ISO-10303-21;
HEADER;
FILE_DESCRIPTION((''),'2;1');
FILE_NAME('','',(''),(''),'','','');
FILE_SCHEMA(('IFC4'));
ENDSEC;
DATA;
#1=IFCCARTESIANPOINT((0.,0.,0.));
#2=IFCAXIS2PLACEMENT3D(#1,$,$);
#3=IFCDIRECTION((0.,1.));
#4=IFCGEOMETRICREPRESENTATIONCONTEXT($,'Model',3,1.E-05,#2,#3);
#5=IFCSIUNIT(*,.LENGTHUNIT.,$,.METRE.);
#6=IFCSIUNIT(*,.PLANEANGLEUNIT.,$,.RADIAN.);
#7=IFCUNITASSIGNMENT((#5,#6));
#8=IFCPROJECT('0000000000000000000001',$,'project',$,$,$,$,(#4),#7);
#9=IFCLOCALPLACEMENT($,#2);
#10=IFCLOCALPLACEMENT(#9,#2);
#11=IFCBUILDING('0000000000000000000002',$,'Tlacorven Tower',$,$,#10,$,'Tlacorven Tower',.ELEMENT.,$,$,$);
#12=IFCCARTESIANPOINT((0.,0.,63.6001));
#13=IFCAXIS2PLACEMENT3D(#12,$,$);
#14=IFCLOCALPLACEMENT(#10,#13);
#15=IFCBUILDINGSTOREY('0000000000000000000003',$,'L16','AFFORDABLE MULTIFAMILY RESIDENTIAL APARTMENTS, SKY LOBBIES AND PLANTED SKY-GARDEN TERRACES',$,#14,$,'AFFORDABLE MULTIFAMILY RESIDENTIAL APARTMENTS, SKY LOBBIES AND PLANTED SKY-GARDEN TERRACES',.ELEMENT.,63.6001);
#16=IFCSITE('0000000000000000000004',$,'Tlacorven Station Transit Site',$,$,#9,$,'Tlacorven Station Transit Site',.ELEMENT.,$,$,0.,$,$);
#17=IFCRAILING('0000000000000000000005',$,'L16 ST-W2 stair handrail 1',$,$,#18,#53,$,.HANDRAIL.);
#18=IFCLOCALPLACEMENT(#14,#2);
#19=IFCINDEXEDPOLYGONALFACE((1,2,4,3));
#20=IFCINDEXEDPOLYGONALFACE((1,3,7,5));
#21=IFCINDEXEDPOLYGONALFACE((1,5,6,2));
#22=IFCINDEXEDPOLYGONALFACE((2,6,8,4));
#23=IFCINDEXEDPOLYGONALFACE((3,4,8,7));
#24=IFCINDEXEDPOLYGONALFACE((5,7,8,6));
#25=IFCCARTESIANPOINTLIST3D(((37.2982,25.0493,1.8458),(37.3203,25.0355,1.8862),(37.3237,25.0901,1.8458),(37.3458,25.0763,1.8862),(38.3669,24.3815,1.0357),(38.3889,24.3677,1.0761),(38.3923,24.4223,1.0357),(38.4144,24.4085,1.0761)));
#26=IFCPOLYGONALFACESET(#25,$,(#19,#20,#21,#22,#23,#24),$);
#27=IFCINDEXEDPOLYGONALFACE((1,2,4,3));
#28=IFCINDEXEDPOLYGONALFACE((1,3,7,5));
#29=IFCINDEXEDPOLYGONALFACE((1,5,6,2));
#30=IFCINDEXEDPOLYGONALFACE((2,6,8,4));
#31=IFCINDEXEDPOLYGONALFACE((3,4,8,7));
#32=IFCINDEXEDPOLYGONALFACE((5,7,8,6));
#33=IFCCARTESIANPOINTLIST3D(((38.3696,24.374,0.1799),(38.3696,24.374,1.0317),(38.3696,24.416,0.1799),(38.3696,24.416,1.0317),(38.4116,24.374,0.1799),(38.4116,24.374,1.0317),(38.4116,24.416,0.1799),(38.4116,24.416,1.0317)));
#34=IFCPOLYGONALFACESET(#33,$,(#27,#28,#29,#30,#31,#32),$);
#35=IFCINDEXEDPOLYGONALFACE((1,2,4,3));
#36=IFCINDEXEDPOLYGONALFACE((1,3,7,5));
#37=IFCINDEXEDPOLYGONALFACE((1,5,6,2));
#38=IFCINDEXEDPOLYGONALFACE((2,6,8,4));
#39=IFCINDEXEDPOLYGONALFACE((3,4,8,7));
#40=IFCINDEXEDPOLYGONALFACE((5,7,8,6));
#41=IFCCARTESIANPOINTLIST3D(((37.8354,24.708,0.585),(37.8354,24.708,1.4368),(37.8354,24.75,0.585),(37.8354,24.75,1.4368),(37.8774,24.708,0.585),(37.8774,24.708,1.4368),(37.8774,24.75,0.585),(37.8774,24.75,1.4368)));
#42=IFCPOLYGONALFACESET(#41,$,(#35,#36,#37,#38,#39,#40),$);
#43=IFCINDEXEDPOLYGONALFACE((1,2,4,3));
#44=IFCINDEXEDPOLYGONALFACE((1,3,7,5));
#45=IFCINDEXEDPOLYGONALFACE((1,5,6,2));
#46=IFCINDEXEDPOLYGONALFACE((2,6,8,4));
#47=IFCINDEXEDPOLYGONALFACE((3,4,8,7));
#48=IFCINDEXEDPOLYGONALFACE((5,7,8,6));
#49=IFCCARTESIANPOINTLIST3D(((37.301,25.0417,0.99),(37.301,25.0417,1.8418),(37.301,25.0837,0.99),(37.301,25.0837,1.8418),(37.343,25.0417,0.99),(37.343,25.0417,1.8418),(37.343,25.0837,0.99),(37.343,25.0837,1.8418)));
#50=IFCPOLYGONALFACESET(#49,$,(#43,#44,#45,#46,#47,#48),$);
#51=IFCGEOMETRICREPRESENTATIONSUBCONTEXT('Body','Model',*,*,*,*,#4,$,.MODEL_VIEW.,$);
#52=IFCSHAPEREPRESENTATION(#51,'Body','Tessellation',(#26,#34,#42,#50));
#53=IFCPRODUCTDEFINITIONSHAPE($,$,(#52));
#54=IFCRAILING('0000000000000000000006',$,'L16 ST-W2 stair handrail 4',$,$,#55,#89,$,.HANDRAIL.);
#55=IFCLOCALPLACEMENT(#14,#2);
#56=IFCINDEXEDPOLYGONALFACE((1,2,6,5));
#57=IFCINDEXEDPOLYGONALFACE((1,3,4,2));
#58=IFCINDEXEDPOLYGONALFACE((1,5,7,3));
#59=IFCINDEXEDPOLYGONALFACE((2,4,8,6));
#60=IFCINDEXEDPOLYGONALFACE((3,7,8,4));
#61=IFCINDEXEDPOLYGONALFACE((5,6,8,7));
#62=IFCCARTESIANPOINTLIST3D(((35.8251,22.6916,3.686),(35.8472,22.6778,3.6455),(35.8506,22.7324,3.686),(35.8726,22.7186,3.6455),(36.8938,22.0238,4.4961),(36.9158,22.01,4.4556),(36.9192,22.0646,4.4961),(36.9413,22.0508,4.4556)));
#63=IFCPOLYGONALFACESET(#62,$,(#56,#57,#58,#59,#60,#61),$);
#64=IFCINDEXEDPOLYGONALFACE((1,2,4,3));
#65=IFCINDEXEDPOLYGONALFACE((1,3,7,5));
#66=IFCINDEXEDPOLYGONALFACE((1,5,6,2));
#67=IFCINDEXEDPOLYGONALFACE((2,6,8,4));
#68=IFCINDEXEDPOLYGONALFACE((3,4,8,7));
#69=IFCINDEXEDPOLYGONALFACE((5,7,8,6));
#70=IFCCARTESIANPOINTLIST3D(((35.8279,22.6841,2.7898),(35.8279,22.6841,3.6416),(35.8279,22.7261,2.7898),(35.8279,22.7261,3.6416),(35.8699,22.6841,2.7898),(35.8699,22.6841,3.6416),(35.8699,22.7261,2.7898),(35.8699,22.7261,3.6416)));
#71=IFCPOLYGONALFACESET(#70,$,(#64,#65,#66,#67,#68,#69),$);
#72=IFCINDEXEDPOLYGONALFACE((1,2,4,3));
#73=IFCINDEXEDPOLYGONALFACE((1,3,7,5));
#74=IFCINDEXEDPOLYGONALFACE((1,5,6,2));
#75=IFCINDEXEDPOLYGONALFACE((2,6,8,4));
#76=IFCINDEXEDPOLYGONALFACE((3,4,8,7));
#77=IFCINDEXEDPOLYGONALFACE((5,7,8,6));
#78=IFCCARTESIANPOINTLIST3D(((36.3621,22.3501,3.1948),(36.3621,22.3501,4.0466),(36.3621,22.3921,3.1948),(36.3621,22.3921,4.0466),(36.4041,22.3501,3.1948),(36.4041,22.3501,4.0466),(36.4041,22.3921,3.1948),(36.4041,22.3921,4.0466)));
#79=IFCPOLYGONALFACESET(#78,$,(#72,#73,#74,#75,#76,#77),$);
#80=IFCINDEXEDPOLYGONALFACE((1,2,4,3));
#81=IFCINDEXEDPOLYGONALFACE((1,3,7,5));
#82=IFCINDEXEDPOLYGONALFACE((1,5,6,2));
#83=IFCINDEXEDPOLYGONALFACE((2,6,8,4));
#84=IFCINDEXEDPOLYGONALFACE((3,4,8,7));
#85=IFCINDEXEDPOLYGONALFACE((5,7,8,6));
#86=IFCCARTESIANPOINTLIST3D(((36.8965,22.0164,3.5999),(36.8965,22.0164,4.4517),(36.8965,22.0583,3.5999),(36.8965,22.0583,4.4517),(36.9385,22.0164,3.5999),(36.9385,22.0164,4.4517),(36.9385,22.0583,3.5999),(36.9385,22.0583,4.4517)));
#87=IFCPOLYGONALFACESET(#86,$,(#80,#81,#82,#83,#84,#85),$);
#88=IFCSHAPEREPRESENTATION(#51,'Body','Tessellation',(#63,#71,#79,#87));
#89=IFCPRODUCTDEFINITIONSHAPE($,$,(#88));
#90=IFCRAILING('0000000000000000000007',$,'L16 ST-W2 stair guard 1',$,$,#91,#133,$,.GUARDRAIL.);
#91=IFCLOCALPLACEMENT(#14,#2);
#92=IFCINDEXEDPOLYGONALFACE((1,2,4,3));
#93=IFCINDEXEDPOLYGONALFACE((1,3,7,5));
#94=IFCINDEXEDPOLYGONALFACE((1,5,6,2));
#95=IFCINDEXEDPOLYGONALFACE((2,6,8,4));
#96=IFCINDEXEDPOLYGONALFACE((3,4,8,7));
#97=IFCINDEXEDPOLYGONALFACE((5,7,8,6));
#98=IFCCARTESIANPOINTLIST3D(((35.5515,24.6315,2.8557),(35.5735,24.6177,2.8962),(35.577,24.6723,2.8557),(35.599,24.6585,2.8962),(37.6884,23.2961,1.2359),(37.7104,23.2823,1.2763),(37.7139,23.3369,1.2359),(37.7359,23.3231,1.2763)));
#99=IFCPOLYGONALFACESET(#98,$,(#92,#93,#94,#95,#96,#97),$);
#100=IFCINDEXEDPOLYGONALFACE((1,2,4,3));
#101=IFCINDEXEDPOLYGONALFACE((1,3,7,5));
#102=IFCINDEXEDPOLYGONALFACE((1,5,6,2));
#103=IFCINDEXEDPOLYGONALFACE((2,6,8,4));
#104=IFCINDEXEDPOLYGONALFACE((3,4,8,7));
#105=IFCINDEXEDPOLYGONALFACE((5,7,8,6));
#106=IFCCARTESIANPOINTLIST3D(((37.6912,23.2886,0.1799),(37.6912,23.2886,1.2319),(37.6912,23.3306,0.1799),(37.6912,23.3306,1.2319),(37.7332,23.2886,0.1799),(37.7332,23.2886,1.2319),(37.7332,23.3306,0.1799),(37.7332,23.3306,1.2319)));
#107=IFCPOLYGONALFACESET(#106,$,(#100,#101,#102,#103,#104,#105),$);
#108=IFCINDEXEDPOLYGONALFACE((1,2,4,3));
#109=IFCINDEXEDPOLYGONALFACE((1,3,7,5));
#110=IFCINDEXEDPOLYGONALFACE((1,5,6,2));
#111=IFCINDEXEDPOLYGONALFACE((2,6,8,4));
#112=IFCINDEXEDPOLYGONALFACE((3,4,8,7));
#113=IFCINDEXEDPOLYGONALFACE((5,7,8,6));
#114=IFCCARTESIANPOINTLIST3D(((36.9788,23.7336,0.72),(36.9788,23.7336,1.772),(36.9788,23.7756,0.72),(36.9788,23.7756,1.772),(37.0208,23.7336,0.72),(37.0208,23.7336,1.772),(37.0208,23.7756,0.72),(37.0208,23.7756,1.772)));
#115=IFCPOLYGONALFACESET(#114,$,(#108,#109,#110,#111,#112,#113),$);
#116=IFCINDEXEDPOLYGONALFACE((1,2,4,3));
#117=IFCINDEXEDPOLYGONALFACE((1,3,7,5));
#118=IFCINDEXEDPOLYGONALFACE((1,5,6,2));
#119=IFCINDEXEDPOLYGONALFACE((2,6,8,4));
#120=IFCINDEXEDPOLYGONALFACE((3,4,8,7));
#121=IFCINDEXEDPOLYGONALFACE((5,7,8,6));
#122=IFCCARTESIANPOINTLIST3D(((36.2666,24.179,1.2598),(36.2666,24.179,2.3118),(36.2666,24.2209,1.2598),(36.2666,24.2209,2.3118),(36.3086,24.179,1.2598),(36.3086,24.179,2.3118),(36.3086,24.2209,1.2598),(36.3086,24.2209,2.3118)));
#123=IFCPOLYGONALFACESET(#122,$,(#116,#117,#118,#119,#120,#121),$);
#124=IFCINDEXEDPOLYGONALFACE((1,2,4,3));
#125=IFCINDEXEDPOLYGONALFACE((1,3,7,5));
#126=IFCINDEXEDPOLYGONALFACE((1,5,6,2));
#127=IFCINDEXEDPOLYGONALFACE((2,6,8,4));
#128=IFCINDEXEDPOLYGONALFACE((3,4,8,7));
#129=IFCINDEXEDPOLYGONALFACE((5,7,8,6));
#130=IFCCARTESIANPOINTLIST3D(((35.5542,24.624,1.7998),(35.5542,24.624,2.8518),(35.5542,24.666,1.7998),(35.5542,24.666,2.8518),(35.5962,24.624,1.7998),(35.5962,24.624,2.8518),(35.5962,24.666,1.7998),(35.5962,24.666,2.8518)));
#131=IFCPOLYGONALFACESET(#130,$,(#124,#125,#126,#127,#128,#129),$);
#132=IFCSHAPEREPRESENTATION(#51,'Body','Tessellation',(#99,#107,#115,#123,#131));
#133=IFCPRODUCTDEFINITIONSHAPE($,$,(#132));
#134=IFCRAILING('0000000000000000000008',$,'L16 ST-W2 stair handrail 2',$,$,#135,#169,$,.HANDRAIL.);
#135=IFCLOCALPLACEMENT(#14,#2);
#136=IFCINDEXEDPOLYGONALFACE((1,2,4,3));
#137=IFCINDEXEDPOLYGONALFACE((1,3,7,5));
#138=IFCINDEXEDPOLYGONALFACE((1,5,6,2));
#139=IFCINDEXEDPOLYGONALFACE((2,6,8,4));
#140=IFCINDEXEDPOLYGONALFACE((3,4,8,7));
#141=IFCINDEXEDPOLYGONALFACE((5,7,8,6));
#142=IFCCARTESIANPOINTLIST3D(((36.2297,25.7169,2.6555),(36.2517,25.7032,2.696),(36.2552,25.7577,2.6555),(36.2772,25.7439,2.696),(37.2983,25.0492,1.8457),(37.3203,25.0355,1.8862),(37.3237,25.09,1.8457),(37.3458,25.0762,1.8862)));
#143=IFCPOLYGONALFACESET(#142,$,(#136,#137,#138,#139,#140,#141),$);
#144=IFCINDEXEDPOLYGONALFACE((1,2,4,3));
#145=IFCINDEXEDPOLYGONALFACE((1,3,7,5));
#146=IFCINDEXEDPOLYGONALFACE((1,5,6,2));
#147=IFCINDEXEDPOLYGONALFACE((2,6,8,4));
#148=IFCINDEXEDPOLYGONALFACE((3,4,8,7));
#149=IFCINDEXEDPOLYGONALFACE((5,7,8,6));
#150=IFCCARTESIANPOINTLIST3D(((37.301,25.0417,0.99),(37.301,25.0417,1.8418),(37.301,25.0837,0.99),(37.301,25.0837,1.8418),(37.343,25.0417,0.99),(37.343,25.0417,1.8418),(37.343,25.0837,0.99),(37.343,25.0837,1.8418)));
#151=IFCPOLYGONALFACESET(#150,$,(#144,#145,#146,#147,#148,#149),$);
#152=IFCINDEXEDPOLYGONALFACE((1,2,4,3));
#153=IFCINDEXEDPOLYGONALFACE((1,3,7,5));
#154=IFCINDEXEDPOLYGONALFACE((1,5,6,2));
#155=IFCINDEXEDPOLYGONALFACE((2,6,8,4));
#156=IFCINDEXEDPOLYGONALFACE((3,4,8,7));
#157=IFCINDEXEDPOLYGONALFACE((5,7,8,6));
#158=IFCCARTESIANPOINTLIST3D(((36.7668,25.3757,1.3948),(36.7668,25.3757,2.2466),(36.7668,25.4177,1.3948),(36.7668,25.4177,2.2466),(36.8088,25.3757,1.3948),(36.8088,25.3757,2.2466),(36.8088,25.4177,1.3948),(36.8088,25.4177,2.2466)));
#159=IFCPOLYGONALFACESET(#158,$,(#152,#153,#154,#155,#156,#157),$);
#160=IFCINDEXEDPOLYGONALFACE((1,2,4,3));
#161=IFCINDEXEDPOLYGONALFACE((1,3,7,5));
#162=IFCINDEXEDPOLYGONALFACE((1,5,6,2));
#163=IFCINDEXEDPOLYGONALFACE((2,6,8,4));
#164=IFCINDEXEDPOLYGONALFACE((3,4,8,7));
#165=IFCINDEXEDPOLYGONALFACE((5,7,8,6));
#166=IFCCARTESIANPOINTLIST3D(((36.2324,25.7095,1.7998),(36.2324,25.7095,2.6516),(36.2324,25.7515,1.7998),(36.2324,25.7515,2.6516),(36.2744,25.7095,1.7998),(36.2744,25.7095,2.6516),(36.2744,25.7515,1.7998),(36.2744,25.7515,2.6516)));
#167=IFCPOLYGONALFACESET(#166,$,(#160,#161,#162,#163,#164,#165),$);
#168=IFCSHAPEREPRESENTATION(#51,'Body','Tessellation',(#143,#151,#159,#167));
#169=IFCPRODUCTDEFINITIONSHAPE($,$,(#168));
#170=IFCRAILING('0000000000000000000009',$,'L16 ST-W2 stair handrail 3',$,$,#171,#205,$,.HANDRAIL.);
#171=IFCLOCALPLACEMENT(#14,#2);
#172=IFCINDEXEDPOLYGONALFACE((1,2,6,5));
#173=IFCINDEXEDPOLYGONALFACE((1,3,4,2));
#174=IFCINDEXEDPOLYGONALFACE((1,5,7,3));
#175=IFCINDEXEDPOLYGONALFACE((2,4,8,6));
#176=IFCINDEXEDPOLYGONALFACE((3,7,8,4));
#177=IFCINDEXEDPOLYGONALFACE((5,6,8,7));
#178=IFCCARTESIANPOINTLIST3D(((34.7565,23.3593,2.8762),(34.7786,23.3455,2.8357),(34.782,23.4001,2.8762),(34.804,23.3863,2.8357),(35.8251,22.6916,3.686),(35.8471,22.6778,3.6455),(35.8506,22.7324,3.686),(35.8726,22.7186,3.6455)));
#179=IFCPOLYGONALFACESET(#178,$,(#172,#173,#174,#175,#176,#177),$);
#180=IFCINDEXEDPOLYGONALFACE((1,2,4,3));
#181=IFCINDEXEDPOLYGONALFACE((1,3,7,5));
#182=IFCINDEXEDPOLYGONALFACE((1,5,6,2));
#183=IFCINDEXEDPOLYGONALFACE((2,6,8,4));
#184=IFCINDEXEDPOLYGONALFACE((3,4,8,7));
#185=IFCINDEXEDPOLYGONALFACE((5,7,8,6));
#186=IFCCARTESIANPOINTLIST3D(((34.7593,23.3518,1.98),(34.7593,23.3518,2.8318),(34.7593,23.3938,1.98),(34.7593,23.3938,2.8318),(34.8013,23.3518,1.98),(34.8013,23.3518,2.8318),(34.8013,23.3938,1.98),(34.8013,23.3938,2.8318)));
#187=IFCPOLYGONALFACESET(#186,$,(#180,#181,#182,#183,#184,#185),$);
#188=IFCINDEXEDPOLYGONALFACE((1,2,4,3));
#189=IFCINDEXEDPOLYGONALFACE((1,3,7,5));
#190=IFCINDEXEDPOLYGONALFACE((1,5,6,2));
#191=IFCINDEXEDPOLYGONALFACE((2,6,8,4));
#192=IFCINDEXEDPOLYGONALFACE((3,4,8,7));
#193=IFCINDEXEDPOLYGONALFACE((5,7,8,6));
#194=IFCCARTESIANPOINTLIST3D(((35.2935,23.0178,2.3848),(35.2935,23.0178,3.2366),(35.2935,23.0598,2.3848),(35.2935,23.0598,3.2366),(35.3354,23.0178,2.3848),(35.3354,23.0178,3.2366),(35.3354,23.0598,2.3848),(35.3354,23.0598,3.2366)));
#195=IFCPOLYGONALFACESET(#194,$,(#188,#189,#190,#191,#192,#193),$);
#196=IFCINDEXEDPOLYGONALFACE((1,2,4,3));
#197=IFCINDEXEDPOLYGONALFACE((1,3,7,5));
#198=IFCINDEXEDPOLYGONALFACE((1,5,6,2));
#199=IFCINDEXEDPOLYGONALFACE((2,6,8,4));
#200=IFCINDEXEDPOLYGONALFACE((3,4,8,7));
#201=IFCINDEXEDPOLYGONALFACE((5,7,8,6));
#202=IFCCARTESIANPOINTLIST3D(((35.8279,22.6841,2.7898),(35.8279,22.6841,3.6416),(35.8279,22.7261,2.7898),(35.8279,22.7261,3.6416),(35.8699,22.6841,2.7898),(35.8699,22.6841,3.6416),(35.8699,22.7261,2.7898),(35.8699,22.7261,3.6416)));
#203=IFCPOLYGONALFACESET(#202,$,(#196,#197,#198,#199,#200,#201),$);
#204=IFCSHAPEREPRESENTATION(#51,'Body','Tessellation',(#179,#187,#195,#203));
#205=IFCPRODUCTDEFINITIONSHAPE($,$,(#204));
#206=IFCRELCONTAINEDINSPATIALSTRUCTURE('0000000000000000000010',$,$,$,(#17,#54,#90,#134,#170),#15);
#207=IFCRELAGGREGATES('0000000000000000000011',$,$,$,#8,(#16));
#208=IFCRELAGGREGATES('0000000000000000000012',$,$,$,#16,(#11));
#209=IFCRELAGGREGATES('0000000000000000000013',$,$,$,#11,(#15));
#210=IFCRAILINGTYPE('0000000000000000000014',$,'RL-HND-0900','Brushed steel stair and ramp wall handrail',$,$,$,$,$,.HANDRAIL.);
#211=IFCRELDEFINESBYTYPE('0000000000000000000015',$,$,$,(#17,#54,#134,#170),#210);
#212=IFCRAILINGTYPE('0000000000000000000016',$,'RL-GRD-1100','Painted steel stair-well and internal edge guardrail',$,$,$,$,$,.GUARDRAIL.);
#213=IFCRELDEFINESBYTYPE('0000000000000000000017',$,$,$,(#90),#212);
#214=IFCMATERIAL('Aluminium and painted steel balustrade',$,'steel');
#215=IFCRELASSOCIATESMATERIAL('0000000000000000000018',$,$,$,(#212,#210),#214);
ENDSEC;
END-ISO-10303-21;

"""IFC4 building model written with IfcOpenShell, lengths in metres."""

from ifc_helpers import new_model, si_unit, direction, frame, origin, origin_2d, place, context, subcontext, project, spatial, rectangle, extrude, source, transform, mapped, material, type_object, element, save


model = new_model("IFC4")

# Units and contexts
model_context = context("Model", 3, precision=1e-05, world=origin(), true_north=direction((0.0, 1.0)))
body_context = subcontext(model_context, "Body", "Model", "MODEL_VIEW")
ifc_project = project(units=[si_unit("LENGTHUNIT", "METRE"), si_unit("PLANEANGLEUNIT", "RADIAN")], contexts=[model_context])

# Site, building, storey
site_placement = place(None, origin())
site = spatial("IfcSite", under=ifc_project, at=site_placement, Name="Tlacorven Station Transit Site", LongName="Tlacorven Station Transit Site", CompositionType="ELEMENT", RefElevation=0.0)
building_placement = place(site_placement, origin())
building = spatial("IfcBuilding", under=site, at=building_placement, Name="Tlacorven Tower", LongName="Tlacorven Tower", CompositionType="ELEMENT")
storey_placement = place(building_placement, frame((0.0, 0.0, 63.6001)))
storey = spatial("IfcBuildingStorey", under=building, at=storey_placement, Name="L16", Description="AFFORDABLE MULTIFAMILY RESIDENTIAL APARTMENTS, SKY LOBBIES AND PLANTED SKY-GARDEN TERRACES", LongName="AFFORDABLE MULTIFAMILY RESIDENTIAL APARTMENTS, SKY LOBBIES AND PLANTED SKY-GARDEN TERRACES", CompositionType="ELEMENT", Elevation=63.6001)

# Railings
ifc_material_1 = material(Name="Aluminium and painted steel balustrade", Category="steel")
railing_type_1 = type_object("IfcRailingType", Name="RL-GRD-1100", Description="Painted steel stair-well and internal edge guardrail", PredefinedType="GUARDRAIL", material=ifc_material_1)
railing_type_2 = type_object("IfcRailingType", Name="RL-HND-0900", Description="Brushed steel stair and ramp wall handrail", PredefinedType="HANDRAIL", material=ifc_material_1)
shared_shape_1 = source(origin(), body_context, "Body", "SweptSolid", [
    extrude(rectangle(XDim=0.0481, YDim=0.0481, at=origin_2d()), frame((0.0, 0.0, 0.876), z_axis=(-0.71336, 0.445748, 0.540765), x_axis=(-0.529912, -0.848053, 0.0)), (0.0, 0.0, 1.0), 1.498),
    extrude(rectangle(XDim=0.042, YDim=0.042, at=origin_2d()), origin(), (0.0, 0.0, 1.0), 0.8518),
    extrude(rectangle(XDim=0.042, YDim=0.042, at=origin_2d()), frame((-0.5342, 0.334, 0.405)), (0.0, 0.0, 1.0), 0.8518),
    extrude(rectangle(XDim=0.042, YDim=0.042, at=origin_2d()), frame((-1.0686, 0.6677, 0.8101)), (0.0, 0.0, 1.0), 0.8518),
])
railing_1_placement = place(storey_placement, frame((38.3906, 24.395, 0.1799)))
element("IfcRailing", 1, at=railing_1_placement, inside=storey, type_object=railing_type_2, Name="L16 ST-W2 stair handrail 1", PredefinedType="HANDRAIL", context=body_context, shape_type="MappedRepresentation", body=[
    mapped(shared_shape_1, transform((0.0, 0.0, 0.0), scale=1.0)),
])
shared_shape_2 = source(origin(), body_context, "Body", "SweptSolid", [
    extrude(rectangle(XDim=0.0481, YDim=0.0481, at=origin_2d()), frame((0.0, 0.0, 0.876), z_axis=(0.71336, -0.445748, 0.540765), x_axis=(0.529912, 0.848053, 0.0)), (0.0, 0.0, 1.0), 1.498),
    extrude(rectangle(XDim=0.042, YDim=0.042, at=origin_2d()), origin(), (0.0, 0.0, 1.0), 0.8518),
    extrude(rectangle(XDim=0.042, YDim=0.042, at=origin_2d()), frame((0.5342, -0.334, 0.405)), (0.0, 0.0, 1.0), 0.8518),
    extrude(rectangle(XDim=0.042, YDim=0.042, at=origin_2d()), frame((1.0686, -0.6677, 0.8101)), (0.0, 0.0, 1.0), 0.8518),
])
railing_2_placement = place(storey_placement, frame((35.8489, 22.7051, 2.7898)))
element("IfcRailing", 2, at=railing_2_placement, inside=storey, type_object=railing_type_2, Name="L16 ST-W2 stair handrail 4", PredefinedType="HANDRAIL", context=body_context, shape_type="MappedRepresentation", body=[
    mapped(shared_shape_2, transform((0.0, 0.0, 0.0), scale=1.0)),
])
shared_shape_3 = source(origin(), body_context, "Body", "SweptSolid", [
    extrude(rectangle(XDim=0.0481, YDim=0.0481, at=origin_2d()), frame((0.0, 0.0, 1.0762), z_axis=(-0.713351, 0.445794, 0.540739), x_axis=(-0.529955, -0.848026, 0.0)), (0.0, 0.0, 1.0), 2.9956),
    extrude(rectangle(XDim=0.042, YDim=0.042, at=origin_2d()), origin(), (0.0, 0.0, 1.0), 1.052),
    extrude(rectangle(XDim=0.042, YDim=0.042, at=origin_2d()), frame((-0.7124, 0.4451, 0.54)), (0.0, 0.0, 1.0), 1.052),
    extrude(rectangle(XDim=0.042, YDim=0.042, at=origin_2d()), frame((-1.4246, 0.8904, 1.0798)), (0.0, 0.0, 1.0), 1.052),
    extrude(rectangle(XDim=0.042, YDim=0.042, at=origin_2d()), frame((-2.137, 1.3354, 1.6199)), (0.0, 0.0, 1.0), 1.052),
])
railing_3_placement = place(storey_placement, frame((37.7122, 23.3096, 0.1799)))
element("IfcRailing", 3, at=railing_3_placement, inside=storey, type_object=railing_type_1, Name="L16 ST-W2 stair guard 1", PredefinedType="GUARDRAIL", context=body_context, shape_type="MappedRepresentation", body=[
    mapped(shared_shape_3, transform((0.0, 0.0, 0.0), scale=1.0)),
])
shared_shape_4 = source(origin(), body_context, "Body", "SweptSolid", [
    extrude(rectangle(XDim=0.0481, YDim=0.0481, at=origin_2d()), frame((0.0, 0.0, 0.876), z_axis=(-0.713423, 0.445787, 0.540649), x_axis=(-0.529912, -0.848053, 0.0)), (0.0, 0.0, 1.0), 1.4978),
    extrude(rectangle(XDim=0.042, YDim=0.042, at=origin_2d()), origin(), (0.0, 0.0, 1.0), 0.8518),
    extrude(rectangle(XDim=0.042, YDim=0.042, at=origin_2d()), frame((-0.5342, 0.334, 0.4048)), (0.0, 0.0, 1.0), 0.8518),
    extrude(rectangle(XDim=0.042, YDim=0.042, at=origin_2d()), frame((-1.0686, 0.6677, 0.8098)), (0.0, 0.0, 1.0), 0.8518),
])
railing_4_placement = place(storey_placement, frame((37.322, 25.0627, 0.99)))
element("IfcRailing", 4, at=railing_4_placement, inside=storey, type_object=railing_type_2, Name="L16 ST-W2 stair handrail 2", PredefinedType="HANDRAIL", context=body_context, shape_type="MappedRepresentation", body=[
    mapped(shared_shape_4, transform((0.0, 0.0, 0.0), scale=1.0)),
])
shared_shape_5 = source(origin(), body_context, "Body", "SweptSolid", [
    extrude(rectangle(XDim=0.0481, YDim=0.0481, at=origin_2d()), frame((0.0, 0.0, 0.876), z_axis=(0.713423, -0.445787, 0.540649), x_axis=(0.529912, 0.848053, 0.0)), (0.0, 0.0, 1.0), 1.4978),
    extrude(rectangle(XDim=0.042, YDim=0.042, at=origin_2d()), origin(), (0.0, 0.0, 1.0), 0.8518),
    extrude(rectangle(XDim=0.042, YDim=0.042, at=origin_2d()), frame((0.5342, -0.334, 0.4048)), (0.0, 0.0, 1.0), 0.8518),
    extrude(rectangle(XDim=0.042, YDim=0.042, at=origin_2d()), frame((1.0686, -0.6677, 0.8098)), (0.0, 0.0, 1.0), 0.8518),
])
railing_5_placement = place(storey_placement, frame((34.7803, 23.3728, 1.98)))
element("IfcRailing", 5, at=railing_5_placement, inside=storey, type_object=railing_type_2, Name="L16 ST-W2 stair handrail 3", PredefinedType="HANDRAIL", context=body_context, shape_type="MappedRepresentation", body=[
    mapped(shared_shape_5, transform((0.0, 0.0, 0.0), scale=1.0)),
])

save(model, "model.ifc")
